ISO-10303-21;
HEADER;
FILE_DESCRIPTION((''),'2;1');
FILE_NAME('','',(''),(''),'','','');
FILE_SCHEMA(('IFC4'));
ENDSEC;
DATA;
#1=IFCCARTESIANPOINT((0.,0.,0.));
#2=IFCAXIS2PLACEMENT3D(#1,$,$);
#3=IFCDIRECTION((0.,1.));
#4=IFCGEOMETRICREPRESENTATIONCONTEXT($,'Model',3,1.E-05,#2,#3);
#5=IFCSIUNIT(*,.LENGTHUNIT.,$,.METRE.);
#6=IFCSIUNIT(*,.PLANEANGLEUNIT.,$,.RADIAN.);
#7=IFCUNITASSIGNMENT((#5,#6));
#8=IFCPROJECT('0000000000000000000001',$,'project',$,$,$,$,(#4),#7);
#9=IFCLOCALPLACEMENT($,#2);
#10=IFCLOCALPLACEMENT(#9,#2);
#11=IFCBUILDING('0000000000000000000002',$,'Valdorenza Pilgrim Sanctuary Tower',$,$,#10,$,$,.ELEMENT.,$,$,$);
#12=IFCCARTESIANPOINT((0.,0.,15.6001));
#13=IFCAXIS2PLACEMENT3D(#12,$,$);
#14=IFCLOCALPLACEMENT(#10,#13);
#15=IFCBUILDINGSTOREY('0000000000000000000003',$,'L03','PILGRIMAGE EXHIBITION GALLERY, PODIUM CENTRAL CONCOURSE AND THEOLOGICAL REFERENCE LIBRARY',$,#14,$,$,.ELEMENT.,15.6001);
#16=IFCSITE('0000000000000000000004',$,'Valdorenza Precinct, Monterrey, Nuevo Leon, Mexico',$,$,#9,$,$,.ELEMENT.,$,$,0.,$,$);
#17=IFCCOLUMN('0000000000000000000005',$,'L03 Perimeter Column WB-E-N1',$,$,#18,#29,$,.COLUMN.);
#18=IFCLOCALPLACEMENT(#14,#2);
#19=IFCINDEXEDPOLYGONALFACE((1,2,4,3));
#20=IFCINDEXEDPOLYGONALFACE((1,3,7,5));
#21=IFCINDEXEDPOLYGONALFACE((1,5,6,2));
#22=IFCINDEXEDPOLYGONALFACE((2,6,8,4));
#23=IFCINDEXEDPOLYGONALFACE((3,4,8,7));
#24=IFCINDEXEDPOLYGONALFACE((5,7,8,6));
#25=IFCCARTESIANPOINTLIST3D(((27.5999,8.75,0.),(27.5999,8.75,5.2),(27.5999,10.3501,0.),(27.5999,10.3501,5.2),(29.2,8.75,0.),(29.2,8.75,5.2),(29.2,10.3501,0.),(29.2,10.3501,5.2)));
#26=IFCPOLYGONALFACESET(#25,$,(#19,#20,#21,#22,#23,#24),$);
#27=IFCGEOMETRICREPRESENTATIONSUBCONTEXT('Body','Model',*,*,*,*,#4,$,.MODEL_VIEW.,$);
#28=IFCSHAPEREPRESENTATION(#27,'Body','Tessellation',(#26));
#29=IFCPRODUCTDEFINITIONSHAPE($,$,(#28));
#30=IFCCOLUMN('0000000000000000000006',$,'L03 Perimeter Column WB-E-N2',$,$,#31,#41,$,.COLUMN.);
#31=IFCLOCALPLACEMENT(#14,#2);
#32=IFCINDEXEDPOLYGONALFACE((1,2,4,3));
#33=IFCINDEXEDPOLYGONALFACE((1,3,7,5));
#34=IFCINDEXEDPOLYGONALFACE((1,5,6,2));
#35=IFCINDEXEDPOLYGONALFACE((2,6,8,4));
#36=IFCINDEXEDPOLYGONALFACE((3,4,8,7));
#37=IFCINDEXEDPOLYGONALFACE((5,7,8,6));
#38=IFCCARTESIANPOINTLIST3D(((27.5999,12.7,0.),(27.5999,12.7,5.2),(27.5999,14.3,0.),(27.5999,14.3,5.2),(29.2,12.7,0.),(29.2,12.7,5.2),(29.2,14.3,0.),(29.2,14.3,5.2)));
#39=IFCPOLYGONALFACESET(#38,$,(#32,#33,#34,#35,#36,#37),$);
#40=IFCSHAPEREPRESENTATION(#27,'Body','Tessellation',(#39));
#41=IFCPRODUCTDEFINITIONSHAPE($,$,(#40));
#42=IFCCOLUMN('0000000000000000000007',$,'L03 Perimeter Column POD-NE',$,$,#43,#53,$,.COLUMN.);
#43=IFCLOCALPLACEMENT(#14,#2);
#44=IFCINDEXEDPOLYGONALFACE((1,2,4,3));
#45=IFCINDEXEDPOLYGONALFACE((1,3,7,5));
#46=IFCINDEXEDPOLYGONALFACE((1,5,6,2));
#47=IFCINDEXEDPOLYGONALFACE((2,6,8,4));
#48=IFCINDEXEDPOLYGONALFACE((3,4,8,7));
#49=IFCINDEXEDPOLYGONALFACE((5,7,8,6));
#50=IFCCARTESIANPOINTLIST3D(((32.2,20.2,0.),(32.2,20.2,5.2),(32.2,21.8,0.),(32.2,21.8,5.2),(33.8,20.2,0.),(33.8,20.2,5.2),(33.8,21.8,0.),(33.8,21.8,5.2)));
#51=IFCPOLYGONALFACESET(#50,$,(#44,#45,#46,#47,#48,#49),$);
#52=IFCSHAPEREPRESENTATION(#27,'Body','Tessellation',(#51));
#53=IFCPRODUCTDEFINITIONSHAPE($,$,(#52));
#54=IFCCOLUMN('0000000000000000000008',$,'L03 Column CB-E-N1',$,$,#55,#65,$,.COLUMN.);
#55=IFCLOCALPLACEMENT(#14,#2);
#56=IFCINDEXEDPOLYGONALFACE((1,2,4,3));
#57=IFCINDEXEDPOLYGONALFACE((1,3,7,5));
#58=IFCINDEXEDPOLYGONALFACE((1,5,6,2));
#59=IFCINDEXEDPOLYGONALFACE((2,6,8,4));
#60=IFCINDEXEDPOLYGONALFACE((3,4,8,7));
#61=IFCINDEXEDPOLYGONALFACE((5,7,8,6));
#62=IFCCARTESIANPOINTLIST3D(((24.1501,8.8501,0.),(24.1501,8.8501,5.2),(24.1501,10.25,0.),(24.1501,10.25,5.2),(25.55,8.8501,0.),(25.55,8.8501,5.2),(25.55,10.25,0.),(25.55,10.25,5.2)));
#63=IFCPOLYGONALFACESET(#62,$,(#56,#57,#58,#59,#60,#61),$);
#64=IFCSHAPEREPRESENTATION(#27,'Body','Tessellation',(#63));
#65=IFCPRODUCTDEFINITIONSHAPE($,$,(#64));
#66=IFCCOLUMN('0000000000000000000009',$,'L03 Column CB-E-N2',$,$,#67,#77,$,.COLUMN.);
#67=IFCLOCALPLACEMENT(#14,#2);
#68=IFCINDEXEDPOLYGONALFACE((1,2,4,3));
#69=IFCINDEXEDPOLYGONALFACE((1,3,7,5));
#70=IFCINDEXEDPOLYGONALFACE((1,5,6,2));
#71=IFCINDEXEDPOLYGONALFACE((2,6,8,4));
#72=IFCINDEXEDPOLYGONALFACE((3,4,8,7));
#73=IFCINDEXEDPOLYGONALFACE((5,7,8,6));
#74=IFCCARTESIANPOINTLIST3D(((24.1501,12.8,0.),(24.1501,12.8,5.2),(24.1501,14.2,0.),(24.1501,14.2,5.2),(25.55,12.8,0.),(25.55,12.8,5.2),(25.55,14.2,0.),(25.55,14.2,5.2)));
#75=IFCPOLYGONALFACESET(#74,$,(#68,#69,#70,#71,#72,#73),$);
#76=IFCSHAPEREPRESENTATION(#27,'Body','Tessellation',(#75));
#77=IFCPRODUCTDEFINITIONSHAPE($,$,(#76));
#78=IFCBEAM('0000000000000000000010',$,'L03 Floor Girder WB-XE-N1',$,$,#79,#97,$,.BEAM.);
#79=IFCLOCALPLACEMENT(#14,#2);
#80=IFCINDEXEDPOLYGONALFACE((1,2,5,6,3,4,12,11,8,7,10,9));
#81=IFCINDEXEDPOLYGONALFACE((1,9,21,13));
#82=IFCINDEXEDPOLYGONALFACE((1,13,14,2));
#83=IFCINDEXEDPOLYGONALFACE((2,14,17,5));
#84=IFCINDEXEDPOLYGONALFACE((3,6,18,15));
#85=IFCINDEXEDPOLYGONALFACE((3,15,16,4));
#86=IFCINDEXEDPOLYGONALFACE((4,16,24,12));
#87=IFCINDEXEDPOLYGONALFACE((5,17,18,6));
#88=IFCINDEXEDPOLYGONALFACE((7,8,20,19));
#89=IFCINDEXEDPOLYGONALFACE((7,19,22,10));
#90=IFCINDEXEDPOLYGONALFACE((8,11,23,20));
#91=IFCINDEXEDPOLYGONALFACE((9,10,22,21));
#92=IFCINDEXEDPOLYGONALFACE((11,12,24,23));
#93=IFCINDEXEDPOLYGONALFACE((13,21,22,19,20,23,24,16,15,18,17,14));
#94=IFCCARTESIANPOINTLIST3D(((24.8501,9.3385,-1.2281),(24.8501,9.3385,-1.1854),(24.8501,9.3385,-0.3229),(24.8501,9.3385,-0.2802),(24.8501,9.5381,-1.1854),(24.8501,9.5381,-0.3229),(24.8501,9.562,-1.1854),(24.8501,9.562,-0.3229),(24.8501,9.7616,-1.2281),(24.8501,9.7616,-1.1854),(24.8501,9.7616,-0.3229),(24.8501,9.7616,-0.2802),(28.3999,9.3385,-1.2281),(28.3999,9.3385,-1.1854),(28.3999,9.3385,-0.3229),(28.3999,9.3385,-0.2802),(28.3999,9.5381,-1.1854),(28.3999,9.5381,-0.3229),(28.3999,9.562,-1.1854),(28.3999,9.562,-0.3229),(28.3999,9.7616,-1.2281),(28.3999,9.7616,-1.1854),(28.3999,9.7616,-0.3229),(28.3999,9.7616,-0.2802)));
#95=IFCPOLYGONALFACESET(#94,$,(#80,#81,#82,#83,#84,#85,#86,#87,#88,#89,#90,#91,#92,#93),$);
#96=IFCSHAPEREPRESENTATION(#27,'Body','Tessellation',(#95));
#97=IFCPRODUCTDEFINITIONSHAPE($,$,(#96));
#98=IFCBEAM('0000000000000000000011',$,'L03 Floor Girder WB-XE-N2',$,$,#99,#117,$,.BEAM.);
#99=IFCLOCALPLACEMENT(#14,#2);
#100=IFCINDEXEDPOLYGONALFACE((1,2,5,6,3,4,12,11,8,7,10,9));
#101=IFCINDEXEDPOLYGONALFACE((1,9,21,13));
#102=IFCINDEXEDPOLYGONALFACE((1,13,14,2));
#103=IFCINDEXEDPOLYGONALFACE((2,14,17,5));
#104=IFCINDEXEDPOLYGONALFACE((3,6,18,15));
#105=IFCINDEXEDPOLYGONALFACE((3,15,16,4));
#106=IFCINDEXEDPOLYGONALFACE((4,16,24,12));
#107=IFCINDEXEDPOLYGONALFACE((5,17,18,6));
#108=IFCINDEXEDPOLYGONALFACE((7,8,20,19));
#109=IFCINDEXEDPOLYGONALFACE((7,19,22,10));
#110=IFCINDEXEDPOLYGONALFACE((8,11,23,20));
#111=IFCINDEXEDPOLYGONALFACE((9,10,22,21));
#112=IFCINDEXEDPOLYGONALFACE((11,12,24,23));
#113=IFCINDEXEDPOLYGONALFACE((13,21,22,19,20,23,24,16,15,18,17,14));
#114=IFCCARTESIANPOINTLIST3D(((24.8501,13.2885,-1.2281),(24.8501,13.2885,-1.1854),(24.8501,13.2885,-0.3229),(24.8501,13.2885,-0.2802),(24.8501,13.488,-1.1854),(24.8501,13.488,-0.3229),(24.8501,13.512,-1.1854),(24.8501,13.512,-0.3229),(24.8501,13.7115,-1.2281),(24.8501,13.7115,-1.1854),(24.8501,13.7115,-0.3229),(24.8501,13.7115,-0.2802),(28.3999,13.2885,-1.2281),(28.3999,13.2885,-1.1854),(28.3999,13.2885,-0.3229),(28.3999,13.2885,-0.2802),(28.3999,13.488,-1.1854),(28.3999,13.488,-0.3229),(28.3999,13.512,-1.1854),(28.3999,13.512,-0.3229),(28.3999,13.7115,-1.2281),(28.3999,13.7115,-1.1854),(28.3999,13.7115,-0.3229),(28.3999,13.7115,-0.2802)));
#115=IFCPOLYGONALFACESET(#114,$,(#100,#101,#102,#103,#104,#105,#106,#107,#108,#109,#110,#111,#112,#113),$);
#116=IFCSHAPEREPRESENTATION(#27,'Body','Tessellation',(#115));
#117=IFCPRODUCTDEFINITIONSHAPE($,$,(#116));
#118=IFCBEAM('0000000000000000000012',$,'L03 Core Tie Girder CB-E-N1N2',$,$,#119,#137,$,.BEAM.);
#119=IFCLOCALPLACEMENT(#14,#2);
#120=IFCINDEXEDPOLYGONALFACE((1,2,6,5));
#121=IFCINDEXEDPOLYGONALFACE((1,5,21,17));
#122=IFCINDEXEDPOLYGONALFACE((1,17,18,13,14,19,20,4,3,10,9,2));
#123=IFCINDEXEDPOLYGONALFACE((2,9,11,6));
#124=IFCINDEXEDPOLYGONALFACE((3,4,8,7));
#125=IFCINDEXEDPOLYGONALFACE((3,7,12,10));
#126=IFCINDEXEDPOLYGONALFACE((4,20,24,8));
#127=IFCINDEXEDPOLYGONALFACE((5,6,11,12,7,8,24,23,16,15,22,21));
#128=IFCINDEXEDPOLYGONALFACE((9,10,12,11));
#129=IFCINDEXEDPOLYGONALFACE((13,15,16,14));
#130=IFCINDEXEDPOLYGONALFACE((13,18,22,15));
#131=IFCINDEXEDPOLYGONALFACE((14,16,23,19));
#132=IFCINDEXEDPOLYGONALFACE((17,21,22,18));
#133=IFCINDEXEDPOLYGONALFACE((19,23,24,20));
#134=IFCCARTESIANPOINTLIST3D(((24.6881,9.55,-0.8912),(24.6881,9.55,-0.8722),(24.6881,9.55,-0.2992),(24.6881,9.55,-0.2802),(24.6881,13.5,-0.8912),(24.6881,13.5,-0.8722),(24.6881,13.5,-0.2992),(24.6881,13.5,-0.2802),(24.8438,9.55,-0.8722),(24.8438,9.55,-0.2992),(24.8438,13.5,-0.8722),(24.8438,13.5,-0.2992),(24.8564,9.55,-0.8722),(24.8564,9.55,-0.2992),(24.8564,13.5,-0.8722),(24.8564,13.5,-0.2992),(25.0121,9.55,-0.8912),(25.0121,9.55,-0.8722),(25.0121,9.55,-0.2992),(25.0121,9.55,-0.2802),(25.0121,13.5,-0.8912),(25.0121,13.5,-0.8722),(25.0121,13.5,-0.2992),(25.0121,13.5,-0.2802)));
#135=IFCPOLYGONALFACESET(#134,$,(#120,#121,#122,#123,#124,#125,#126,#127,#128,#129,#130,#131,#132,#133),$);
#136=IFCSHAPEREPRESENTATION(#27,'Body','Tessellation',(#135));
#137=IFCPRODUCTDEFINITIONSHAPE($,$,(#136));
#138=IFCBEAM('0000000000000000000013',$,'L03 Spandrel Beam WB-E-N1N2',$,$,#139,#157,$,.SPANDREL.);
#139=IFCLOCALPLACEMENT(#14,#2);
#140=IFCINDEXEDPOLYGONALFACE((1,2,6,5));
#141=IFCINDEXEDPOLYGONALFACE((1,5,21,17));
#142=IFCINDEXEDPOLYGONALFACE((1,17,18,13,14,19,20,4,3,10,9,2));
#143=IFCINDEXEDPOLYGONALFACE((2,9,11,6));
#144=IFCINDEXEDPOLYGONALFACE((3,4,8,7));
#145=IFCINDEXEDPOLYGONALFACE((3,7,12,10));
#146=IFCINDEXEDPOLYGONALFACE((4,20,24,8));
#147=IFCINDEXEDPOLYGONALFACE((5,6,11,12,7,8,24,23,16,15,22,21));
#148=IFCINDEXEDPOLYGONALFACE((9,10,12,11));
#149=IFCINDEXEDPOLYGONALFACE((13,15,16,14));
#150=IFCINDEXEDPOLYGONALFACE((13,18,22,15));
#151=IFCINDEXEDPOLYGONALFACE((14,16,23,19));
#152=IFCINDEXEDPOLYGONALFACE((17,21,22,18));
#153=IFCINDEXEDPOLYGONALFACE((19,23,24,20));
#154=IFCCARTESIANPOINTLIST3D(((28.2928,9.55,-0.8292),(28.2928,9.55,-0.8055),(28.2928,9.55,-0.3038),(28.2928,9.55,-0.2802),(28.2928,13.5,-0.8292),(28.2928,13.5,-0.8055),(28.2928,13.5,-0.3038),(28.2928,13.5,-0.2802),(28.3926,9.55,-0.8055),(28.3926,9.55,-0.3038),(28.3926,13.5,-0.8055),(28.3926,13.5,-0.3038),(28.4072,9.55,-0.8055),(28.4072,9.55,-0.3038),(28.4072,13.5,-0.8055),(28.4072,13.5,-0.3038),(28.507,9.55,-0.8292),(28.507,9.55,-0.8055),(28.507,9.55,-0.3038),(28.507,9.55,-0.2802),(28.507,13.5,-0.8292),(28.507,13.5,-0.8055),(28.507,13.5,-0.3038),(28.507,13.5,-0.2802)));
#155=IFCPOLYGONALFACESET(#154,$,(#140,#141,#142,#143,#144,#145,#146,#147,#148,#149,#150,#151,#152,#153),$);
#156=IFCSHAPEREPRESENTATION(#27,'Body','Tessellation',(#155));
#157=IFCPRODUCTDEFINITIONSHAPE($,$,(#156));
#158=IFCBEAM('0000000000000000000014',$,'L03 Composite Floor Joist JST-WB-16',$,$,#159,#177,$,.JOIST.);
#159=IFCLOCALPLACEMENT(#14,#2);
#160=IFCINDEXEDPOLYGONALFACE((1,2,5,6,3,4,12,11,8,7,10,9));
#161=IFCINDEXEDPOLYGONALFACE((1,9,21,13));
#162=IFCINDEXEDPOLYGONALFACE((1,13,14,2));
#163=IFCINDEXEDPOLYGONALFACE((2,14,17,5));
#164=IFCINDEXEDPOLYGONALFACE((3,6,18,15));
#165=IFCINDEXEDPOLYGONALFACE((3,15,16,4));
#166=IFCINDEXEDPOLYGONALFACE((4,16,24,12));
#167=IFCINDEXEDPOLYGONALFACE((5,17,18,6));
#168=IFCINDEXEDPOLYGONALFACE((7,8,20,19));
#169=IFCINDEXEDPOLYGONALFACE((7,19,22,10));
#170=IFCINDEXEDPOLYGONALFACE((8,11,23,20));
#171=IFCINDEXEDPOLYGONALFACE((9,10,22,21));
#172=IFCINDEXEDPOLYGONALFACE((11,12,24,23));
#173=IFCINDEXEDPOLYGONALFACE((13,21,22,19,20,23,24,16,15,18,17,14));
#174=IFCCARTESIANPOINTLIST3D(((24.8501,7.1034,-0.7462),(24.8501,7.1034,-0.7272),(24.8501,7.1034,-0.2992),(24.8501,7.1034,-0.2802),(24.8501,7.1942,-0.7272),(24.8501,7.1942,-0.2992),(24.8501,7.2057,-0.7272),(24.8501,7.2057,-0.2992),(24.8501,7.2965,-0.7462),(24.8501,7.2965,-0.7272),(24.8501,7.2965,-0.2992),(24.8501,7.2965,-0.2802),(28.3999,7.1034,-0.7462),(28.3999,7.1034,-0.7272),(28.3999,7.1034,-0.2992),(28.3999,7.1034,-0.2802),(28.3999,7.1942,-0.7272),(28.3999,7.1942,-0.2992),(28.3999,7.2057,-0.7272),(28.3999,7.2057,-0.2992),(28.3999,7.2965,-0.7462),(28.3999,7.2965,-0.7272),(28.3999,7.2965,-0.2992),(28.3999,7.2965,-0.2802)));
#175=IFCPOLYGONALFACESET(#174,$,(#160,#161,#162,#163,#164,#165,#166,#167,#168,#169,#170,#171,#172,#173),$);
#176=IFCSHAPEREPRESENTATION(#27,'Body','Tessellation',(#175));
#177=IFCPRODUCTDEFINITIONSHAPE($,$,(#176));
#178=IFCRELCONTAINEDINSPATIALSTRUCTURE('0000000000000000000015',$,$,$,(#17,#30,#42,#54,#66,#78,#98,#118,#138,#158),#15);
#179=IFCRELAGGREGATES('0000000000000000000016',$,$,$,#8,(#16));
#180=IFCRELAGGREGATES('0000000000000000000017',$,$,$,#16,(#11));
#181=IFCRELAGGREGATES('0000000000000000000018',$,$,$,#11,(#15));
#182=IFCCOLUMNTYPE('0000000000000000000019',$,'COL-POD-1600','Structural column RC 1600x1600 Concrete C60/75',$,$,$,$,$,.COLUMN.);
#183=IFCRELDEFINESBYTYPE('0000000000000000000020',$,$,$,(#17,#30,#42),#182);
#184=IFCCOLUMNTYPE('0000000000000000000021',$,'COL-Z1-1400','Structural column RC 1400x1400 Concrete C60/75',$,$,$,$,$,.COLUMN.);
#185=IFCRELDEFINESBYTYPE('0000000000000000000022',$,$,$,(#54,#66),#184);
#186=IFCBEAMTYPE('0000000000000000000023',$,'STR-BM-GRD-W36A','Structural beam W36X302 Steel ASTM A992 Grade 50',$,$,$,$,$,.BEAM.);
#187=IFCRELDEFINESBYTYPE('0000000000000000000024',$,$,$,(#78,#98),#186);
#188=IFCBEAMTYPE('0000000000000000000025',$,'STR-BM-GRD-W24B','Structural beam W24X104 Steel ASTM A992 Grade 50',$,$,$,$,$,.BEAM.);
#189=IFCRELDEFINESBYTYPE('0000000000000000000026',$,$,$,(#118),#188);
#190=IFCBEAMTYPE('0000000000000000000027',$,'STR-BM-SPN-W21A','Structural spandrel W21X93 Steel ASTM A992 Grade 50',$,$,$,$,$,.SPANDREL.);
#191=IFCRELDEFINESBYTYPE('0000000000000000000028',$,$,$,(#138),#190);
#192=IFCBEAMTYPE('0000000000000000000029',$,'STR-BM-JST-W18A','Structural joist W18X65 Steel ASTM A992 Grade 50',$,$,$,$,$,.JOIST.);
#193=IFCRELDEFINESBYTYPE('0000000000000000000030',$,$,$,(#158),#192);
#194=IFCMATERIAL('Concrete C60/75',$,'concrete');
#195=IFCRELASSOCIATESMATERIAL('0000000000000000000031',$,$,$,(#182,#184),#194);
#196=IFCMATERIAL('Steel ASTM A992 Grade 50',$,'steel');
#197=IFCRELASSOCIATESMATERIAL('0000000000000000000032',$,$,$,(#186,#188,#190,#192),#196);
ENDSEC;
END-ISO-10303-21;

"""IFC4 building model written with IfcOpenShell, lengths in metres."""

from ifc_helpers import new_model, si_unit, direction, frame, origin, origin_2d, place, context, subcontext, project, spatial, rectangle, i_section, extrude, source, transform, mapped, material, material_profile, profile_set, type_object, element, save


model = new_model("IFC4")

# Units and contexts
model_context = context("Model", 3, precision=1e-05, world=origin(), true_north=direction((0.0, 1.0)))
body_context = subcontext(model_context, "Body", "Model", "MODEL_VIEW")
ifc_project = project(units=[si_unit("LENGTHUNIT", "METRE"), si_unit("PLANEANGLEUNIT", "RADIAN")], contexts=[model_context])

# Site, building, storey
site_placement = place(None, origin())
site = spatial("IfcSite", under=ifc_project, at=site_placement, Name="Valdorenza Precinct, Monterrey, Nuevo Leon, Mexico", CompositionType="ELEMENT", RefElevation=0.0)
building_placement = place(site_placement, origin())
building = spatial("IfcBuilding", under=site, at=building_placement, Name="Valdorenza Pilgrim Sanctuary Tower", CompositionType="ELEMENT")
storey_placement = place(building_placement, frame((0.0, 0.0, 15.6001)))
storey = spatial("IfcBuildingStorey", under=building, at=storey_placement, Name="L03", Description="PILGRIMAGE EXHIBITION GALLERY, PODIUM CENTRAL CONCOURSE AND THEOLOGICAL REFERENCE LIBRARY", CompositionType="ELEMENT", Elevation=15.6001)

# Columns
ifc_material_1 = material(Name="Concrete C60/75", Category="concrete")
ifc_material_profile_1 = material_profile(ifc_material_1, rectangle(XDim=1.6001, YDim=1.6001, at=origin_2d()), Name="RC 1600x1600")
ifc_profile_set_1 = profile_set([ifc_material_profile_1], Name="Concrete C60/75")
column_type_1 = type_object("IfcColumnType", Name="COL-POD-1600", Description="Structural column RC 1600x1600 Concrete C60/75", PredefinedType="COLUMN", material=ifc_profile_set_1)
shared_shape_1 = source(origin(), body_context, "Body", "SweptSolid", [
    extrude(rectangle(XDim=1.6001, YDim=1.6001, at=origin_2d()), origin(), (0.0, 0.0, 1.0), 5.2),
])
for number, where, z_axis, x_axis, name in (
    (1, (28.3999, 9.55, 0.0), (0.0, 0.0, 1.0), (1.0, 0.0, 0.0), "L03 Perimeter Column WB-E-N1"),
    (2, (28.3999, 13.5, 0.0), (0.0, 0.0, 1.0), (1.0, 0.0, 0.0), "L03 Perimeter Column WB-E-N2"),
    (3, (33.0, 21.0, 0.0), (0.0, 0.0, 1.0), (1.0, 0.0, 0.0), "L03 Perimeter Column POD-NE"),
):
    element("IfcColumn", number, at=place(storey_placement, frame(where, z_axis=z_axis, x_axis=x_axis)), inside=storey, type_object=column_type_1, Name=name, PredefinedType="COLUMN", context=body_context, shape_type="MappedRepresentation", body=[
        mapped(shared_shape_1, transform((0.0, 0.0, 0.0), x_axis=(1.0, 0.0, 0.0), y_axis=(0.0, 1.0, 0.0), z_axis=(0.0, 0.0, 1.0), scale=1.0)),
    ])
ifc_material_profile_2 = material_profile(ifc_material_1, rectangle(XDim=1.3999, YDim=1.3999, at=origin_2d()), Name="RC 1400x1400")
ifc_profile_set_2 = profile_set([ifc_material_profile_2], Name="Concrete C60/75")
column_type_2 = type_object("IfcColumnType", Name="COL-Z1-1400", Description="Structural column RC 1400x1400 Concrete C60/75", PredefinedType="COLUMN", material=ifc_profile_set_2)
shared_shape_2 = source(origin(), body_context, "Body", "SweptSolid", [
    extrude(rectangle(XDim=1.3999, YDim=1.3999, at=origin_2d()), origin(), (0.0, 0.0, 1.0), 5.2),
])
for number, where, z_axis, x_axis, name in (
    (4, (24.8501, 9.55, 0.0), (0.0, 0.0, 1.0), (1.0, 0.0, 0.0), "L03 Column CB-E-N1"),
    (5, (24.8501, 13.5, 0.0), (0.0, 0.0, 1.0), (1.0, 0.0, 0.0), "L03 Column CB-E-N2"),
):
    element("IfcColumn", number, at=place(storey_placement, frame(where, z_axis=z_axis, x_axis=x_axis)), inside=storey, type_object=column_type_2, Name=name, PredefinedType="COLUMN", context=body_context, shape_type="MappedRepresentation", body=[
        mapped(shared_shape_2, transform((0.0, 0.0, 0.0), x_axis=(1.0, 0.0, 0.0), y_axis=(0.0, 1.0, 0.0), z_axis=(0.0, 0.0, 1.0), scale=1.0)),
    ])

# Beams
ifc_material_2 = material(Name="Steel ASTM A992 Grade 50", Category="steel")
ifc_material_profile_3 = material_profile(ifc_material_2, i_section(OverallWidth=0.4231, OverallDepth=0.948, WebThickness=0.0239, FlangeThickness=0.0427, at=origin_2d()), Name="W36X302")
ifc_profile_set_3 = profile_set([ifc_material_profile_3], Name="Steel ASTM A992 Grade 50")
beam_type_1 = type_object("IfcBeamType", Name="STR-BM-GRD-W36A", Description="Structural beam W36X302 Steel ASTM A992 Grade 50", PredefinedType="BEAM", material=ifc_profile_set_3)
shared_shape_3 = source(origin(), body_context, "Body", "SweptSolid", [
    extrude(i_section(OverallWidth=0.4231, OverallDepth=0.948, WebThickness=0.0239, FlangeThickness=0.0427, at=origin_2d()), origin(), (0.0, 0.0, 1.0), 3.5498),
])
for number, where, z_axis, x_axis, name in (
    (6, (24.8501, 9.55, -0.7542), (1.0, 0.0, 0.0), (0.0, 1.0, 0.0), "L03 Floor Girder WB-XE-N1"),
    (7, (24.8501, 13.5, -0.7542), (1.0, 0.0, 0.0), (0.0, 1.0, 0.0), "L03 Floor Girder WB-XE-N2"),
):
    element("IfcBeam", number, at=place(storey_placement, frame(where, z_axis=z_axis, x_axis=x_axis)), inside=storey, type_object=beam_type_1, Name=name, PredefinedType="BEAM", context=body_context, shape_type="MappedRepresentation", body=[
        mapped(shared_shape_3, transform((0.0, 0.0, 0.0), x_axis=(1.0, 0.0, 0.0), y_axis=(0.0, 1.0, 0.0), z_axis=(0.0, 0.0, 1.0), scale=1.0)),
    ])
ifc_material_profile_4 = material_profile(ifc_material_2, i_section(OverallWidth=0.324, OverallDepth=0.6111, WebThickness=0.0127, FlangeThickness=0.019, at=origin_2d()), Name="W24X104")
ifc_profile_set_4 = profile_set([ifc_material_profile_4], Name="Steel ASTM A992 Grade 50")
beam_type_2 = type_object("IfcBeamType", Name="STR-BM-GRD-W24B", Description="Structural beam W24X104 Steel ASTM A992 Grade 50", PredefinedType="BEAM", material=ifc_profile_set_4)
shared_shape_4 = source(origin(), body_context, "Body", "SweptSolid", [
    extrude(i_section(OverallWidth=0.324, OverallDepth=0.6111, WebThickness=0.0127, FlangeThickness=0.019, at=origin_2d()), origin(), (0.0, 0.0, 1.0), 3.95),
])
beam_1_placement = place(storey_placement, frame((24.8501, 9.55, -0.5857), z_axis=(0.0, 1.0, 0.0), x_axis=(-1.0, 0.0, 0.0)))
element("IfcBeam", 8, at=beam_1_placement, inside=storey, type_object=beam_type_2, Name="L03 Core Tie Girder CB-E-N1N2", PredefinedType="BEAM", context=body_context, shape_type="MappedRepresentation", body=[
    mapped(shared_shape_4, transform((0.0, 0.0, 0.0), x_axis=(1.0, 0.0, 0.0), y_axis=(0.0, 1.0, 0.0), z_axis=(0.0, 0.0, 1.0), scale=1.0)),
])
ifc_material_profile_5 = material_profile(ifc_material_2, i_section(OverallWidth=0.2141, OverallDepth=0.5491, WebThickness=0.0146, FlangeThickness=0.0237, at=origin_2d()), Name="W21X93")
ifc_profile_set_5 = profile_set([ifc_material_profile_5], Name="Steel ASTM A992 Grade 50")
beam_type_3 = type_object("IfcBeamType", Name="STR-BM-SPN-W21A", Description="Structural spandrel W21X93 Steel ASTM A992 Grade 50", PredefinedType="SPANDREL", material=ifc_profile_set_5)
shared_shape_5 = source(origin(), body_context, "Body", "SweptSolid", [
    extrude(i_section(OverallWidth=0.2141, OverallDepth=0.5491, WebThickness=0.0146, FlangeThickness=0.0237, at=origin_2d()), origin(), (0.0, 0.0, 1.0), 3.95),
])
beam_2_placement = place(storey_placement, frame((28.3999, 9.55, -0.5547), z_axis=(0.0, 1.0, 0.0), x_axis=(-1.0, 0.0, 0.0)))
element("IfcBeam", 9, at=beam_2_placement, inside=storey, type_object=beam_type_3, Name="L03 Spandrel Beam WB-E-N1N2", PredefinedType="SPANDREL", context=body_context, shape_type="MappedRepresentation", body=[
    mapped(shared_shape_5, transform((0.0, 0.0, 0.0), x_axis=(1.0, 0.0, 0.0), y_axis=(0.0, 1.0, 0.0), z_axis=(0.0, 0.0, 1.0), scale=1.0)),
])
ifc_material_profile_6 = material_profile(ifc_material_2, i_section(OverallWidth=0.1931, OverallDepth=0.4661, WebThickness=0.0115, FlangeThickness=0.019, at=origin_2d()), Name="W18X65")
ifc_profile_set_6 = profile_set([ifc_material_profile_6], Name="Steel ASTM A992 Grade 50")
beam_type_4 = type_object("IfcBeamType", Name="STR-BM-JST-W18A", Description="Structural joist W18X65 Steel ASTM A992 Grade 50", PredefinedType="JOIST", material=ifc_profile_set_6)
shared_shape_6 = source(origin(), body_context, "Body", "SweptSolid", [
    extrude(i_section(OverallWidth=0.1931, OverallDepth=0.4661, WebThickness=0.0115, FlangeThickness=0.019, at=origin_2d()), origin(), (0.0, 0.0, 1.0), 3.5498),
])
for number, where, z_axis, x_axis, name in (
    (10, (24.8501, 7.2, -0.5132), (1.0, 0.0, 0.0), (0.0, 1.0, 0.0), "L03 Composite Floor Joist JST-WB-16"),
):
    element("IfcBeam", number, at=place(storey_placement, frame(where, z_axis=z_axis, x_axis=x_axis)), inside=storey, type_object=beam_type_4, Name=name, PredefinedType="JOIST", context=body_context, shape_type="MappedRepresentation", body=[
        mapped(shared_shape_6, transform((0.0, 0.0, 0.0), x_axis=(1.0, 0.0, 0.0), y_axis=(0.0, 1.0, 0.0), z_axis=(0.0, 0.0, 1.0), scale=1.0)),
    ])

save(model, "model.ifc")
